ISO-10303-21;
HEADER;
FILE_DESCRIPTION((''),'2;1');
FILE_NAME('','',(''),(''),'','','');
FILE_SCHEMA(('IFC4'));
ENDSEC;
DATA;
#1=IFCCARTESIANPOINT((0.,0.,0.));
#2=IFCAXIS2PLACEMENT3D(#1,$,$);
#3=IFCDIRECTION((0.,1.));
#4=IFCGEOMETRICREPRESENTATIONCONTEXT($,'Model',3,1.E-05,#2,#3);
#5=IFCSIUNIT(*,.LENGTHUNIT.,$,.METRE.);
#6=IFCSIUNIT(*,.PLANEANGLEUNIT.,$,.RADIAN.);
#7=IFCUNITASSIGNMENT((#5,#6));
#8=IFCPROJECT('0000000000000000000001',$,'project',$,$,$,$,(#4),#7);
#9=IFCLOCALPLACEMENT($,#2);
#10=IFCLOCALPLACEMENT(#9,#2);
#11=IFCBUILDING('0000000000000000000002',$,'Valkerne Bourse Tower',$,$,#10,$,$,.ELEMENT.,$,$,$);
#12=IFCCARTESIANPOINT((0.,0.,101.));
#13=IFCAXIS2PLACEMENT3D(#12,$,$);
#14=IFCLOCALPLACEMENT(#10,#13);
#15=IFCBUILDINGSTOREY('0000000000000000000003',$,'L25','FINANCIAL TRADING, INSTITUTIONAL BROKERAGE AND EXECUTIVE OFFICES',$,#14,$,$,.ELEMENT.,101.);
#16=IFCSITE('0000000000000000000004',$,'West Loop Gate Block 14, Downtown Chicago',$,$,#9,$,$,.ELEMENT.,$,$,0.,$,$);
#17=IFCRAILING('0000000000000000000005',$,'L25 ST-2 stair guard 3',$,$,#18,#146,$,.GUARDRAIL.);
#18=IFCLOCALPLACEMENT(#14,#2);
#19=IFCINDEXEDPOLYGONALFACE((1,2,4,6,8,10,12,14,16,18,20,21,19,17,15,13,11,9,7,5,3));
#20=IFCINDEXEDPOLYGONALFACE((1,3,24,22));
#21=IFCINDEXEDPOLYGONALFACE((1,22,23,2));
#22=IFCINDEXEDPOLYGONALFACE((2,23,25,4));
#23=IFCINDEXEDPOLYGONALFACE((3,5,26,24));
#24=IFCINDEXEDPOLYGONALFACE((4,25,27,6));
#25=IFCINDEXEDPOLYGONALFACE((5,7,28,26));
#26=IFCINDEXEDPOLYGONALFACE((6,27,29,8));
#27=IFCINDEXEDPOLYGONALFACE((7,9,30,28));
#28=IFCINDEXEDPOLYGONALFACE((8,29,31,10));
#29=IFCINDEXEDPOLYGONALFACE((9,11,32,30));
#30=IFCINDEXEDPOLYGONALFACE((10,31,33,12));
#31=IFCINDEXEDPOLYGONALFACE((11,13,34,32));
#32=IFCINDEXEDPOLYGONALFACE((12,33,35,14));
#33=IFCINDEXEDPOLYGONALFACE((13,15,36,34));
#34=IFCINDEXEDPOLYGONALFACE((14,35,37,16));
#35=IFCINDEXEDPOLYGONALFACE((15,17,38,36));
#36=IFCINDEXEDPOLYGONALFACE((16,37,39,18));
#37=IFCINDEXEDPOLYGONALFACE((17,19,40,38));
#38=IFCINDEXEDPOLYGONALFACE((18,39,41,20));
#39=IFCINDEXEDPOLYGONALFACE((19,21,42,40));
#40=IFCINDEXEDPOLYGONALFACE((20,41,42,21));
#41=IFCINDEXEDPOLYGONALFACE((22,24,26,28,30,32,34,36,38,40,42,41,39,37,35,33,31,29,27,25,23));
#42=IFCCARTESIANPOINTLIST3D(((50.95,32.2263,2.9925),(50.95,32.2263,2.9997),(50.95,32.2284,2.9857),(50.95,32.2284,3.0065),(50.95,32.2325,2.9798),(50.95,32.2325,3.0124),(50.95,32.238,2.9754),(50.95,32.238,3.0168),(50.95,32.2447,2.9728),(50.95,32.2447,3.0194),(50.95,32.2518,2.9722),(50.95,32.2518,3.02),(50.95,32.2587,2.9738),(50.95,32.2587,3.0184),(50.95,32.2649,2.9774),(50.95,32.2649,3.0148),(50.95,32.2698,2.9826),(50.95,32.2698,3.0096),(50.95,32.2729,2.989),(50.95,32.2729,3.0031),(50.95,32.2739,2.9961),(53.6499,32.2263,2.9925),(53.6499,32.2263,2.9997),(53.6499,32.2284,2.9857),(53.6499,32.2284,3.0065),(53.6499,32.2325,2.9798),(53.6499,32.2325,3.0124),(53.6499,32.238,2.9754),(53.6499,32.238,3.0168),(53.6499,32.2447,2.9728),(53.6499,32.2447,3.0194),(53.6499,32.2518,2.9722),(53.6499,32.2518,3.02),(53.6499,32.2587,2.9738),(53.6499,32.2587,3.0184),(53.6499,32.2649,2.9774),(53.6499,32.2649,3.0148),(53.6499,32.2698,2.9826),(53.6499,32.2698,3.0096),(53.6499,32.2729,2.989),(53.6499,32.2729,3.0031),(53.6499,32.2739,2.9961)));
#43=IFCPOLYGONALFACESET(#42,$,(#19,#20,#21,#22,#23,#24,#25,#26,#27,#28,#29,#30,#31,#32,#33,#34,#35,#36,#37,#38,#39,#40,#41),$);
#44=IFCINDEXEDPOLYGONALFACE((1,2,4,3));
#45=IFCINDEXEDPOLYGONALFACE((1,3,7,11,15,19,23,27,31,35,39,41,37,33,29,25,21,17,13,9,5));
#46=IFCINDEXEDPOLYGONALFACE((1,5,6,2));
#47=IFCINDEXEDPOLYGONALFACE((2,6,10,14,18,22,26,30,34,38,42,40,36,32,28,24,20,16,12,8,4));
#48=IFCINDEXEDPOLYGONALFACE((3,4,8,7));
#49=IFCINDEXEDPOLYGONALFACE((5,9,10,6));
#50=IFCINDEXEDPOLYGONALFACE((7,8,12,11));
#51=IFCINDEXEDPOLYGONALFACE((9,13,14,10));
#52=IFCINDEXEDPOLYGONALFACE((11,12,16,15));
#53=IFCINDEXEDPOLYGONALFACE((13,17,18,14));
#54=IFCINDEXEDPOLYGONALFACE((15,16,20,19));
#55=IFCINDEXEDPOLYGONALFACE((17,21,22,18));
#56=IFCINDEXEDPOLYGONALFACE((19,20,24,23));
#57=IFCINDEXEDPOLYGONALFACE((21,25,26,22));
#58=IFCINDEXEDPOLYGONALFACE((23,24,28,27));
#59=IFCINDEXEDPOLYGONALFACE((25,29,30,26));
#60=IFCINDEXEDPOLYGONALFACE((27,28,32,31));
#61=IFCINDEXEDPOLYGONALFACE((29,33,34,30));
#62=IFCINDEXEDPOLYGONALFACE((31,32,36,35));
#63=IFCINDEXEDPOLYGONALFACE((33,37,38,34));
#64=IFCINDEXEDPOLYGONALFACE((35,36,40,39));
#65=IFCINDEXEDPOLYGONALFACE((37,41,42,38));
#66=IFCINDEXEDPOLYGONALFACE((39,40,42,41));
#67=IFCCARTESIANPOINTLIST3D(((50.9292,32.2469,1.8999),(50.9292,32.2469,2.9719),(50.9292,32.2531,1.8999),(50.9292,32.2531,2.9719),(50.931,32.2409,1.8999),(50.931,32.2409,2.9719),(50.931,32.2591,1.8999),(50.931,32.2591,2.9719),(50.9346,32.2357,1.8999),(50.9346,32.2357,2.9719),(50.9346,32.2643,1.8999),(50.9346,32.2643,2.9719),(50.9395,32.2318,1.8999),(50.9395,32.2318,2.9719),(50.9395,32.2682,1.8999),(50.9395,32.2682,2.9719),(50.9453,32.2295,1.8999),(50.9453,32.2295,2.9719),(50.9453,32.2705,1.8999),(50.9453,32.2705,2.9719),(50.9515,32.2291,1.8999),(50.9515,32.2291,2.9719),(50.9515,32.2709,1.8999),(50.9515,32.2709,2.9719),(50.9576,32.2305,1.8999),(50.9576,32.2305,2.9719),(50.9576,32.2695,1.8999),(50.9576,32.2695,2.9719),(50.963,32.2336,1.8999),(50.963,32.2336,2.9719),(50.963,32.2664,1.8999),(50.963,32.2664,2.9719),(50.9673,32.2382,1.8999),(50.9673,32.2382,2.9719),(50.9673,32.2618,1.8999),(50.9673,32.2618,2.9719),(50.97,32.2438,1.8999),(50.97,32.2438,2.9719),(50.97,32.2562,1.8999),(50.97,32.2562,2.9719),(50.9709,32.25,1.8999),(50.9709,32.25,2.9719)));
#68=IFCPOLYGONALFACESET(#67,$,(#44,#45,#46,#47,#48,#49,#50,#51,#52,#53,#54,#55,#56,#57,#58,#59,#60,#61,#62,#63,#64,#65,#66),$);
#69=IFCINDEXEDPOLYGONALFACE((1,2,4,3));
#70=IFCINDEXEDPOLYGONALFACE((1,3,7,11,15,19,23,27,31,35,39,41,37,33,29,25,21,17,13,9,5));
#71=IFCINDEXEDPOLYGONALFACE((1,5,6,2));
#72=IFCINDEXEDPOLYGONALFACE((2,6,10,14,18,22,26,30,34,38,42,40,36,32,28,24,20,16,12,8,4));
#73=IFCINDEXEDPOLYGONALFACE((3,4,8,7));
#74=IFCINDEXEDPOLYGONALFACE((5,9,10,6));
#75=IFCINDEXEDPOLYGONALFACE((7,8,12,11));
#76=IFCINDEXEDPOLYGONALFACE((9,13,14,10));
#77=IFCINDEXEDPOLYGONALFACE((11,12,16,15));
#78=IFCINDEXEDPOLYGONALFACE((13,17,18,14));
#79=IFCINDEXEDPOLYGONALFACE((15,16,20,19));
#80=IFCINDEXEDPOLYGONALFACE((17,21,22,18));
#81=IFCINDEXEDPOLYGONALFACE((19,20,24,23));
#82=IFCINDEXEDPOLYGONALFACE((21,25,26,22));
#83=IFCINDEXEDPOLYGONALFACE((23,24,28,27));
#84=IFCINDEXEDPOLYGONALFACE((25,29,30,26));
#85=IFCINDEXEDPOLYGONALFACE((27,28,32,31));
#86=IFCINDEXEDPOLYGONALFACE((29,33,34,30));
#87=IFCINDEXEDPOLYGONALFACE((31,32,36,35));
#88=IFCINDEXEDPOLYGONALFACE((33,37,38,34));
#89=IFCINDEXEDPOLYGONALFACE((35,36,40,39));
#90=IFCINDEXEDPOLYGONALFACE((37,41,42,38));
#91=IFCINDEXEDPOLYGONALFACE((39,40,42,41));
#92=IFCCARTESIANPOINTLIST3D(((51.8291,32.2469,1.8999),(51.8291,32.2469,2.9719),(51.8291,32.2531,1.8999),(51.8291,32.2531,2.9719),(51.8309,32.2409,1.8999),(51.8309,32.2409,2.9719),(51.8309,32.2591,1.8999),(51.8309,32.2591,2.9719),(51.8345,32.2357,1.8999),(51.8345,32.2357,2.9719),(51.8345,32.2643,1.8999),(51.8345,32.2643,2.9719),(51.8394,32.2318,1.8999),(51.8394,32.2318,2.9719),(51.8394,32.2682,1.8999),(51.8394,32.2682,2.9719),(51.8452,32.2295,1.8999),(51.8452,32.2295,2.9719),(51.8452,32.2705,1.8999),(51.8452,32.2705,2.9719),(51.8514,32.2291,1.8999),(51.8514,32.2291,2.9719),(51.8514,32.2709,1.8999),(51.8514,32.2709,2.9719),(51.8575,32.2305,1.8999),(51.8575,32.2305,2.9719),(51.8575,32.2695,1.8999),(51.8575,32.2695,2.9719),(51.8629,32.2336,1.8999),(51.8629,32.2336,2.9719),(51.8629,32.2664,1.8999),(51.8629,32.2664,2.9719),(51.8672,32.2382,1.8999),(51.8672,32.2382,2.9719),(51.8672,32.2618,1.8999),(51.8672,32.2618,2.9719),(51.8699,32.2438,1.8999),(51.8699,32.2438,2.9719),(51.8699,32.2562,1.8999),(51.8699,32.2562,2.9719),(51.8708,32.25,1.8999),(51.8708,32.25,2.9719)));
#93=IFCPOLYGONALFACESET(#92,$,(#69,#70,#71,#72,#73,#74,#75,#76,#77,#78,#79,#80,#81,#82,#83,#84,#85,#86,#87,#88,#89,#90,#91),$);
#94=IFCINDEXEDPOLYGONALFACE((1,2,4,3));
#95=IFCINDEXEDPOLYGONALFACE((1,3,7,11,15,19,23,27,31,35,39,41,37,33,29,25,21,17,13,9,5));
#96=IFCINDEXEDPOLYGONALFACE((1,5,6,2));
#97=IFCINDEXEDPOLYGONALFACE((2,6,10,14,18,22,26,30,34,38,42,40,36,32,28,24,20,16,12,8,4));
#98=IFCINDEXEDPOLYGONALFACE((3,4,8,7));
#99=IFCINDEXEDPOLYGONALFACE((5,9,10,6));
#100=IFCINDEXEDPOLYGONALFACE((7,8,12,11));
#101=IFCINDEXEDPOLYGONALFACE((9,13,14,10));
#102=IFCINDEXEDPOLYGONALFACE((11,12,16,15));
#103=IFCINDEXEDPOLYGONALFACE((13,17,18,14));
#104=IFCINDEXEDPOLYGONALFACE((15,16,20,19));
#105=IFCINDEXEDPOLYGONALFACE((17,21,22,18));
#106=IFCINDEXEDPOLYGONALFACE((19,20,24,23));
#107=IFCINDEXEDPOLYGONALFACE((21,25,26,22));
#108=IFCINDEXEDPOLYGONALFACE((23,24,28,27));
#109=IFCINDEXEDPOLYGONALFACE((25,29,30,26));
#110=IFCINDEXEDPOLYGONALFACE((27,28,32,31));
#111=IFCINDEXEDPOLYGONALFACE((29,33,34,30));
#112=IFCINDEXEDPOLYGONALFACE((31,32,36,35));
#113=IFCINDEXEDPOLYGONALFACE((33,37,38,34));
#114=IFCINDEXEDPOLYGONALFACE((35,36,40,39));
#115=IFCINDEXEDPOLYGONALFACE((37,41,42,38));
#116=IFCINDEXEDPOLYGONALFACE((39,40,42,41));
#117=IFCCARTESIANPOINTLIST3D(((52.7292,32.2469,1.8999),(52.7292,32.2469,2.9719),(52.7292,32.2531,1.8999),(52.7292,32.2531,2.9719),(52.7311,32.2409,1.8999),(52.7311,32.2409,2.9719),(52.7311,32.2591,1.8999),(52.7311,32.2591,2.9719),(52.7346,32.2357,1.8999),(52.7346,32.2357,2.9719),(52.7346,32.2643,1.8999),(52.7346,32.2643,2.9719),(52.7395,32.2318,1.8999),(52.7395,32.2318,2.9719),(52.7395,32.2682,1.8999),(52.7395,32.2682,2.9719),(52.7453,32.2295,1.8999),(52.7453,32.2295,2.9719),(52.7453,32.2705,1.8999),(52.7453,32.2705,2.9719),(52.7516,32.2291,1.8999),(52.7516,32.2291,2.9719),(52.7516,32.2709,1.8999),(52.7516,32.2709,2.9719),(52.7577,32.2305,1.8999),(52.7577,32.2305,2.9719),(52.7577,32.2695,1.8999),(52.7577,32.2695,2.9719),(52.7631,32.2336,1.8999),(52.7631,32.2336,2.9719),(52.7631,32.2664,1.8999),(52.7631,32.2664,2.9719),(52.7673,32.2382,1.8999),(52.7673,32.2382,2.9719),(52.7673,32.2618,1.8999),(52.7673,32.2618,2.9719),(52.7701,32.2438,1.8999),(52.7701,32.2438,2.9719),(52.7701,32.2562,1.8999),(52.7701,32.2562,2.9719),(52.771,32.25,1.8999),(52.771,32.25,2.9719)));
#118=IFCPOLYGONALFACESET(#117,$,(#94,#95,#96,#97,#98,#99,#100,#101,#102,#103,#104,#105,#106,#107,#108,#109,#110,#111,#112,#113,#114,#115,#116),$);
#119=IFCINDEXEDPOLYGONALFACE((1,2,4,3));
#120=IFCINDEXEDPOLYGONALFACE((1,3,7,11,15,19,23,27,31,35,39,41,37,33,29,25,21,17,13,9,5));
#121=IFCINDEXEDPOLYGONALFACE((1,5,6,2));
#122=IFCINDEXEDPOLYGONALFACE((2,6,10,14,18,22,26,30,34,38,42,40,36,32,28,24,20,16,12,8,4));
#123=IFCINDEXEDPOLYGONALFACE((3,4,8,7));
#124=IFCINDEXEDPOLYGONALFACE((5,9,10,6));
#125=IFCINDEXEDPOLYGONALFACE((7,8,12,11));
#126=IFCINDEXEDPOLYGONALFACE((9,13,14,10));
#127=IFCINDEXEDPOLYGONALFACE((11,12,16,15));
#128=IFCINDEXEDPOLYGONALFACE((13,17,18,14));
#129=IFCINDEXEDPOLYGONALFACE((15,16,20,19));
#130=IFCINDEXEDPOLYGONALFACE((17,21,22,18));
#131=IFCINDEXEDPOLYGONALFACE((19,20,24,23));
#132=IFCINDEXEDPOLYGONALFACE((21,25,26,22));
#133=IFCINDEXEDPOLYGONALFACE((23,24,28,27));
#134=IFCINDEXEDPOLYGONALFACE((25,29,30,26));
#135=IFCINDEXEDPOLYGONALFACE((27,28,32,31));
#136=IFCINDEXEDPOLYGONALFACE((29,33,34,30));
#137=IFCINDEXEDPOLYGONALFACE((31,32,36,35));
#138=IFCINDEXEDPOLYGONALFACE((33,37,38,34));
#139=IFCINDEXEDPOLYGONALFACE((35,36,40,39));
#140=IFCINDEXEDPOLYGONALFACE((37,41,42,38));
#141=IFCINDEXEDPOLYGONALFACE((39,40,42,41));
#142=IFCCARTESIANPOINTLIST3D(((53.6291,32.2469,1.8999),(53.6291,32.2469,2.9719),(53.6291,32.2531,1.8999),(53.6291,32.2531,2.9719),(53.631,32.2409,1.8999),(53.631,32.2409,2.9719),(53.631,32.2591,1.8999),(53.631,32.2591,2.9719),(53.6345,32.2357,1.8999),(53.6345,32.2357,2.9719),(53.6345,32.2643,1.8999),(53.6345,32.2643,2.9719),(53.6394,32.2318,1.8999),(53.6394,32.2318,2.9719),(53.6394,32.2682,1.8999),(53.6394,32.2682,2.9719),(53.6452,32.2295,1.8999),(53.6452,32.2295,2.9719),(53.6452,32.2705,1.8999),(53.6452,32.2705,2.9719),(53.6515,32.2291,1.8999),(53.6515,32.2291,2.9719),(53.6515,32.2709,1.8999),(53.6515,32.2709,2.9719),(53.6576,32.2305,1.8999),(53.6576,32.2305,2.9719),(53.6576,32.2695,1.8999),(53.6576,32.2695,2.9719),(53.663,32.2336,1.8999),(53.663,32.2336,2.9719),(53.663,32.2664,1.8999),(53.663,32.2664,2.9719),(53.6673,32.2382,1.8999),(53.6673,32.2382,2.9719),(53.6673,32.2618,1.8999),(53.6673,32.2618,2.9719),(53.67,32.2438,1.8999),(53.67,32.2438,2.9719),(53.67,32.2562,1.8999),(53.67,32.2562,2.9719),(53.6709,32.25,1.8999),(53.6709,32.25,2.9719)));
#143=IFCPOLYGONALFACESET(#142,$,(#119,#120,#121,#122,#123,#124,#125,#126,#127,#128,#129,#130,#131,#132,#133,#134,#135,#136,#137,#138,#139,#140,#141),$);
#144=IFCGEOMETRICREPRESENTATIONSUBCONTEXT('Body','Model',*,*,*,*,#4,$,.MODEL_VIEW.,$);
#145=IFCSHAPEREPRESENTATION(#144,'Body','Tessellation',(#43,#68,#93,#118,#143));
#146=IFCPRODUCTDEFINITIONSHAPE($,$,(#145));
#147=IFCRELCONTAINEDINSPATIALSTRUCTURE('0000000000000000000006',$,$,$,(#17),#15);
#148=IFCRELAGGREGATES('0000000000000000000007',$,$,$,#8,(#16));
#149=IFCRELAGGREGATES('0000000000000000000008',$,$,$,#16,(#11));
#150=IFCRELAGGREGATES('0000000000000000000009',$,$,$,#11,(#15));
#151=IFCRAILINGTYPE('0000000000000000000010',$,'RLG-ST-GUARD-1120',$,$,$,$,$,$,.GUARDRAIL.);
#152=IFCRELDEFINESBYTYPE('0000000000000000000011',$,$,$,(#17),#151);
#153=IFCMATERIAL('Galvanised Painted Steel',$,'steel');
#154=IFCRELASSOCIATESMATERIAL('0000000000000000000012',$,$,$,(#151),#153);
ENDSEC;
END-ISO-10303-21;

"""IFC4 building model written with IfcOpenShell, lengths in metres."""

from ifc_helpers import new_model, si_unit, direction, frame, origin, origin_2d, place, context, subcontext, project, spatial, circle, extrude, material, type_object, element, save


model = new_model("IFC4")

# Units and contexts
model_context = context("Model", 3, precision=1e-05, world=origin(), true_north=direction((0.0, 1.0)))
body_context = subcontext(model_context, "Body", "Model", "MODEL_VIEW")
ifc_project = project(units=[si_unit("LENGTHUNIT", "METRE"), si_unit("PLANEANGLEUNIT", "RADIAN")], contexts=[model_context])

# Site, building, storey
site_placement = place(None, origin())
site = spatial("IfcSite", under=ifc_project, at=site_placement, Name="West Loop Gate Block 14, Downtown Chicago", CompositionType="ELEMENT", RefElevation=0.0)
building_placement = place(site_placement, origin())
building = spatial("IfcBuilding", under=site, at=building_placement, Name="Valkerne Bourse Tower", CompositionType="ELEMENT")
storey_placement = place(building_placement, frame((0.0, 0.0, 101.0)))
storey = spatial("IfcBuildingStorey", under=building, at=storey_placement, Name="L25", Description="FINANCIAL TRADING, INSTITUTIONAL BROKERAGE AND EXECUTIVE OFFICES", CompositionType="ELEMENT", Elevation=101.0)

# Railing
ifc_material_1 = material(Name="Galvanised Painted Steel", Category="steel")
railing_type_1 = type_object("IfcRailingType", Name="RLG-ST-GUARD-1120", PredefinedType="GUARDRAIL", material=ifc_material_1)
for number, where, name in (
    (1, (50.95, 32.25, 1.8999), "L25 ST-2 stair guard 3"),
):
    element("IfcRailing", number, at=place(storey_placement, frame(where)), inside=storey, type_object=railing_type_1, Name=name, PredefinedType="GUARDRAIL", context=body_context, shape_type="SweptSolid", body=[
        extrude(circle(Radius=0.0239, at=origin_2d()), frame((0.0, 0.0, 1.0962), z_axis=(1.0, 0.0, 0.0), x_axis=(0.0, 1.0, 0.0)), (0.0, 0.0, 1.0), 2.7),
        extrude(circle(Radius=0.021, at=origin_2d()), origin(), (0.0, 0.0, 1.0), 1.072),
        extrude(circle(Radius=0.021, at=origin_2d()), frame((0.8999, 0.0, 0.0)), (0.0, 0.0, 1.0), 1.072),
        extrude(circle(Radius=0.021, at=origin_2d()), frame((1.8, 0.0, 0.0)), (0.0, 0.0, 1.0), 1.072),
        extrude(circle(Radius=0.021, at=origin_2d()), frame((2.7, 0.0, 0.0)), (0.0, 0.0, 1.0), 1.072),
    ])

save(model, "model.ifc")
